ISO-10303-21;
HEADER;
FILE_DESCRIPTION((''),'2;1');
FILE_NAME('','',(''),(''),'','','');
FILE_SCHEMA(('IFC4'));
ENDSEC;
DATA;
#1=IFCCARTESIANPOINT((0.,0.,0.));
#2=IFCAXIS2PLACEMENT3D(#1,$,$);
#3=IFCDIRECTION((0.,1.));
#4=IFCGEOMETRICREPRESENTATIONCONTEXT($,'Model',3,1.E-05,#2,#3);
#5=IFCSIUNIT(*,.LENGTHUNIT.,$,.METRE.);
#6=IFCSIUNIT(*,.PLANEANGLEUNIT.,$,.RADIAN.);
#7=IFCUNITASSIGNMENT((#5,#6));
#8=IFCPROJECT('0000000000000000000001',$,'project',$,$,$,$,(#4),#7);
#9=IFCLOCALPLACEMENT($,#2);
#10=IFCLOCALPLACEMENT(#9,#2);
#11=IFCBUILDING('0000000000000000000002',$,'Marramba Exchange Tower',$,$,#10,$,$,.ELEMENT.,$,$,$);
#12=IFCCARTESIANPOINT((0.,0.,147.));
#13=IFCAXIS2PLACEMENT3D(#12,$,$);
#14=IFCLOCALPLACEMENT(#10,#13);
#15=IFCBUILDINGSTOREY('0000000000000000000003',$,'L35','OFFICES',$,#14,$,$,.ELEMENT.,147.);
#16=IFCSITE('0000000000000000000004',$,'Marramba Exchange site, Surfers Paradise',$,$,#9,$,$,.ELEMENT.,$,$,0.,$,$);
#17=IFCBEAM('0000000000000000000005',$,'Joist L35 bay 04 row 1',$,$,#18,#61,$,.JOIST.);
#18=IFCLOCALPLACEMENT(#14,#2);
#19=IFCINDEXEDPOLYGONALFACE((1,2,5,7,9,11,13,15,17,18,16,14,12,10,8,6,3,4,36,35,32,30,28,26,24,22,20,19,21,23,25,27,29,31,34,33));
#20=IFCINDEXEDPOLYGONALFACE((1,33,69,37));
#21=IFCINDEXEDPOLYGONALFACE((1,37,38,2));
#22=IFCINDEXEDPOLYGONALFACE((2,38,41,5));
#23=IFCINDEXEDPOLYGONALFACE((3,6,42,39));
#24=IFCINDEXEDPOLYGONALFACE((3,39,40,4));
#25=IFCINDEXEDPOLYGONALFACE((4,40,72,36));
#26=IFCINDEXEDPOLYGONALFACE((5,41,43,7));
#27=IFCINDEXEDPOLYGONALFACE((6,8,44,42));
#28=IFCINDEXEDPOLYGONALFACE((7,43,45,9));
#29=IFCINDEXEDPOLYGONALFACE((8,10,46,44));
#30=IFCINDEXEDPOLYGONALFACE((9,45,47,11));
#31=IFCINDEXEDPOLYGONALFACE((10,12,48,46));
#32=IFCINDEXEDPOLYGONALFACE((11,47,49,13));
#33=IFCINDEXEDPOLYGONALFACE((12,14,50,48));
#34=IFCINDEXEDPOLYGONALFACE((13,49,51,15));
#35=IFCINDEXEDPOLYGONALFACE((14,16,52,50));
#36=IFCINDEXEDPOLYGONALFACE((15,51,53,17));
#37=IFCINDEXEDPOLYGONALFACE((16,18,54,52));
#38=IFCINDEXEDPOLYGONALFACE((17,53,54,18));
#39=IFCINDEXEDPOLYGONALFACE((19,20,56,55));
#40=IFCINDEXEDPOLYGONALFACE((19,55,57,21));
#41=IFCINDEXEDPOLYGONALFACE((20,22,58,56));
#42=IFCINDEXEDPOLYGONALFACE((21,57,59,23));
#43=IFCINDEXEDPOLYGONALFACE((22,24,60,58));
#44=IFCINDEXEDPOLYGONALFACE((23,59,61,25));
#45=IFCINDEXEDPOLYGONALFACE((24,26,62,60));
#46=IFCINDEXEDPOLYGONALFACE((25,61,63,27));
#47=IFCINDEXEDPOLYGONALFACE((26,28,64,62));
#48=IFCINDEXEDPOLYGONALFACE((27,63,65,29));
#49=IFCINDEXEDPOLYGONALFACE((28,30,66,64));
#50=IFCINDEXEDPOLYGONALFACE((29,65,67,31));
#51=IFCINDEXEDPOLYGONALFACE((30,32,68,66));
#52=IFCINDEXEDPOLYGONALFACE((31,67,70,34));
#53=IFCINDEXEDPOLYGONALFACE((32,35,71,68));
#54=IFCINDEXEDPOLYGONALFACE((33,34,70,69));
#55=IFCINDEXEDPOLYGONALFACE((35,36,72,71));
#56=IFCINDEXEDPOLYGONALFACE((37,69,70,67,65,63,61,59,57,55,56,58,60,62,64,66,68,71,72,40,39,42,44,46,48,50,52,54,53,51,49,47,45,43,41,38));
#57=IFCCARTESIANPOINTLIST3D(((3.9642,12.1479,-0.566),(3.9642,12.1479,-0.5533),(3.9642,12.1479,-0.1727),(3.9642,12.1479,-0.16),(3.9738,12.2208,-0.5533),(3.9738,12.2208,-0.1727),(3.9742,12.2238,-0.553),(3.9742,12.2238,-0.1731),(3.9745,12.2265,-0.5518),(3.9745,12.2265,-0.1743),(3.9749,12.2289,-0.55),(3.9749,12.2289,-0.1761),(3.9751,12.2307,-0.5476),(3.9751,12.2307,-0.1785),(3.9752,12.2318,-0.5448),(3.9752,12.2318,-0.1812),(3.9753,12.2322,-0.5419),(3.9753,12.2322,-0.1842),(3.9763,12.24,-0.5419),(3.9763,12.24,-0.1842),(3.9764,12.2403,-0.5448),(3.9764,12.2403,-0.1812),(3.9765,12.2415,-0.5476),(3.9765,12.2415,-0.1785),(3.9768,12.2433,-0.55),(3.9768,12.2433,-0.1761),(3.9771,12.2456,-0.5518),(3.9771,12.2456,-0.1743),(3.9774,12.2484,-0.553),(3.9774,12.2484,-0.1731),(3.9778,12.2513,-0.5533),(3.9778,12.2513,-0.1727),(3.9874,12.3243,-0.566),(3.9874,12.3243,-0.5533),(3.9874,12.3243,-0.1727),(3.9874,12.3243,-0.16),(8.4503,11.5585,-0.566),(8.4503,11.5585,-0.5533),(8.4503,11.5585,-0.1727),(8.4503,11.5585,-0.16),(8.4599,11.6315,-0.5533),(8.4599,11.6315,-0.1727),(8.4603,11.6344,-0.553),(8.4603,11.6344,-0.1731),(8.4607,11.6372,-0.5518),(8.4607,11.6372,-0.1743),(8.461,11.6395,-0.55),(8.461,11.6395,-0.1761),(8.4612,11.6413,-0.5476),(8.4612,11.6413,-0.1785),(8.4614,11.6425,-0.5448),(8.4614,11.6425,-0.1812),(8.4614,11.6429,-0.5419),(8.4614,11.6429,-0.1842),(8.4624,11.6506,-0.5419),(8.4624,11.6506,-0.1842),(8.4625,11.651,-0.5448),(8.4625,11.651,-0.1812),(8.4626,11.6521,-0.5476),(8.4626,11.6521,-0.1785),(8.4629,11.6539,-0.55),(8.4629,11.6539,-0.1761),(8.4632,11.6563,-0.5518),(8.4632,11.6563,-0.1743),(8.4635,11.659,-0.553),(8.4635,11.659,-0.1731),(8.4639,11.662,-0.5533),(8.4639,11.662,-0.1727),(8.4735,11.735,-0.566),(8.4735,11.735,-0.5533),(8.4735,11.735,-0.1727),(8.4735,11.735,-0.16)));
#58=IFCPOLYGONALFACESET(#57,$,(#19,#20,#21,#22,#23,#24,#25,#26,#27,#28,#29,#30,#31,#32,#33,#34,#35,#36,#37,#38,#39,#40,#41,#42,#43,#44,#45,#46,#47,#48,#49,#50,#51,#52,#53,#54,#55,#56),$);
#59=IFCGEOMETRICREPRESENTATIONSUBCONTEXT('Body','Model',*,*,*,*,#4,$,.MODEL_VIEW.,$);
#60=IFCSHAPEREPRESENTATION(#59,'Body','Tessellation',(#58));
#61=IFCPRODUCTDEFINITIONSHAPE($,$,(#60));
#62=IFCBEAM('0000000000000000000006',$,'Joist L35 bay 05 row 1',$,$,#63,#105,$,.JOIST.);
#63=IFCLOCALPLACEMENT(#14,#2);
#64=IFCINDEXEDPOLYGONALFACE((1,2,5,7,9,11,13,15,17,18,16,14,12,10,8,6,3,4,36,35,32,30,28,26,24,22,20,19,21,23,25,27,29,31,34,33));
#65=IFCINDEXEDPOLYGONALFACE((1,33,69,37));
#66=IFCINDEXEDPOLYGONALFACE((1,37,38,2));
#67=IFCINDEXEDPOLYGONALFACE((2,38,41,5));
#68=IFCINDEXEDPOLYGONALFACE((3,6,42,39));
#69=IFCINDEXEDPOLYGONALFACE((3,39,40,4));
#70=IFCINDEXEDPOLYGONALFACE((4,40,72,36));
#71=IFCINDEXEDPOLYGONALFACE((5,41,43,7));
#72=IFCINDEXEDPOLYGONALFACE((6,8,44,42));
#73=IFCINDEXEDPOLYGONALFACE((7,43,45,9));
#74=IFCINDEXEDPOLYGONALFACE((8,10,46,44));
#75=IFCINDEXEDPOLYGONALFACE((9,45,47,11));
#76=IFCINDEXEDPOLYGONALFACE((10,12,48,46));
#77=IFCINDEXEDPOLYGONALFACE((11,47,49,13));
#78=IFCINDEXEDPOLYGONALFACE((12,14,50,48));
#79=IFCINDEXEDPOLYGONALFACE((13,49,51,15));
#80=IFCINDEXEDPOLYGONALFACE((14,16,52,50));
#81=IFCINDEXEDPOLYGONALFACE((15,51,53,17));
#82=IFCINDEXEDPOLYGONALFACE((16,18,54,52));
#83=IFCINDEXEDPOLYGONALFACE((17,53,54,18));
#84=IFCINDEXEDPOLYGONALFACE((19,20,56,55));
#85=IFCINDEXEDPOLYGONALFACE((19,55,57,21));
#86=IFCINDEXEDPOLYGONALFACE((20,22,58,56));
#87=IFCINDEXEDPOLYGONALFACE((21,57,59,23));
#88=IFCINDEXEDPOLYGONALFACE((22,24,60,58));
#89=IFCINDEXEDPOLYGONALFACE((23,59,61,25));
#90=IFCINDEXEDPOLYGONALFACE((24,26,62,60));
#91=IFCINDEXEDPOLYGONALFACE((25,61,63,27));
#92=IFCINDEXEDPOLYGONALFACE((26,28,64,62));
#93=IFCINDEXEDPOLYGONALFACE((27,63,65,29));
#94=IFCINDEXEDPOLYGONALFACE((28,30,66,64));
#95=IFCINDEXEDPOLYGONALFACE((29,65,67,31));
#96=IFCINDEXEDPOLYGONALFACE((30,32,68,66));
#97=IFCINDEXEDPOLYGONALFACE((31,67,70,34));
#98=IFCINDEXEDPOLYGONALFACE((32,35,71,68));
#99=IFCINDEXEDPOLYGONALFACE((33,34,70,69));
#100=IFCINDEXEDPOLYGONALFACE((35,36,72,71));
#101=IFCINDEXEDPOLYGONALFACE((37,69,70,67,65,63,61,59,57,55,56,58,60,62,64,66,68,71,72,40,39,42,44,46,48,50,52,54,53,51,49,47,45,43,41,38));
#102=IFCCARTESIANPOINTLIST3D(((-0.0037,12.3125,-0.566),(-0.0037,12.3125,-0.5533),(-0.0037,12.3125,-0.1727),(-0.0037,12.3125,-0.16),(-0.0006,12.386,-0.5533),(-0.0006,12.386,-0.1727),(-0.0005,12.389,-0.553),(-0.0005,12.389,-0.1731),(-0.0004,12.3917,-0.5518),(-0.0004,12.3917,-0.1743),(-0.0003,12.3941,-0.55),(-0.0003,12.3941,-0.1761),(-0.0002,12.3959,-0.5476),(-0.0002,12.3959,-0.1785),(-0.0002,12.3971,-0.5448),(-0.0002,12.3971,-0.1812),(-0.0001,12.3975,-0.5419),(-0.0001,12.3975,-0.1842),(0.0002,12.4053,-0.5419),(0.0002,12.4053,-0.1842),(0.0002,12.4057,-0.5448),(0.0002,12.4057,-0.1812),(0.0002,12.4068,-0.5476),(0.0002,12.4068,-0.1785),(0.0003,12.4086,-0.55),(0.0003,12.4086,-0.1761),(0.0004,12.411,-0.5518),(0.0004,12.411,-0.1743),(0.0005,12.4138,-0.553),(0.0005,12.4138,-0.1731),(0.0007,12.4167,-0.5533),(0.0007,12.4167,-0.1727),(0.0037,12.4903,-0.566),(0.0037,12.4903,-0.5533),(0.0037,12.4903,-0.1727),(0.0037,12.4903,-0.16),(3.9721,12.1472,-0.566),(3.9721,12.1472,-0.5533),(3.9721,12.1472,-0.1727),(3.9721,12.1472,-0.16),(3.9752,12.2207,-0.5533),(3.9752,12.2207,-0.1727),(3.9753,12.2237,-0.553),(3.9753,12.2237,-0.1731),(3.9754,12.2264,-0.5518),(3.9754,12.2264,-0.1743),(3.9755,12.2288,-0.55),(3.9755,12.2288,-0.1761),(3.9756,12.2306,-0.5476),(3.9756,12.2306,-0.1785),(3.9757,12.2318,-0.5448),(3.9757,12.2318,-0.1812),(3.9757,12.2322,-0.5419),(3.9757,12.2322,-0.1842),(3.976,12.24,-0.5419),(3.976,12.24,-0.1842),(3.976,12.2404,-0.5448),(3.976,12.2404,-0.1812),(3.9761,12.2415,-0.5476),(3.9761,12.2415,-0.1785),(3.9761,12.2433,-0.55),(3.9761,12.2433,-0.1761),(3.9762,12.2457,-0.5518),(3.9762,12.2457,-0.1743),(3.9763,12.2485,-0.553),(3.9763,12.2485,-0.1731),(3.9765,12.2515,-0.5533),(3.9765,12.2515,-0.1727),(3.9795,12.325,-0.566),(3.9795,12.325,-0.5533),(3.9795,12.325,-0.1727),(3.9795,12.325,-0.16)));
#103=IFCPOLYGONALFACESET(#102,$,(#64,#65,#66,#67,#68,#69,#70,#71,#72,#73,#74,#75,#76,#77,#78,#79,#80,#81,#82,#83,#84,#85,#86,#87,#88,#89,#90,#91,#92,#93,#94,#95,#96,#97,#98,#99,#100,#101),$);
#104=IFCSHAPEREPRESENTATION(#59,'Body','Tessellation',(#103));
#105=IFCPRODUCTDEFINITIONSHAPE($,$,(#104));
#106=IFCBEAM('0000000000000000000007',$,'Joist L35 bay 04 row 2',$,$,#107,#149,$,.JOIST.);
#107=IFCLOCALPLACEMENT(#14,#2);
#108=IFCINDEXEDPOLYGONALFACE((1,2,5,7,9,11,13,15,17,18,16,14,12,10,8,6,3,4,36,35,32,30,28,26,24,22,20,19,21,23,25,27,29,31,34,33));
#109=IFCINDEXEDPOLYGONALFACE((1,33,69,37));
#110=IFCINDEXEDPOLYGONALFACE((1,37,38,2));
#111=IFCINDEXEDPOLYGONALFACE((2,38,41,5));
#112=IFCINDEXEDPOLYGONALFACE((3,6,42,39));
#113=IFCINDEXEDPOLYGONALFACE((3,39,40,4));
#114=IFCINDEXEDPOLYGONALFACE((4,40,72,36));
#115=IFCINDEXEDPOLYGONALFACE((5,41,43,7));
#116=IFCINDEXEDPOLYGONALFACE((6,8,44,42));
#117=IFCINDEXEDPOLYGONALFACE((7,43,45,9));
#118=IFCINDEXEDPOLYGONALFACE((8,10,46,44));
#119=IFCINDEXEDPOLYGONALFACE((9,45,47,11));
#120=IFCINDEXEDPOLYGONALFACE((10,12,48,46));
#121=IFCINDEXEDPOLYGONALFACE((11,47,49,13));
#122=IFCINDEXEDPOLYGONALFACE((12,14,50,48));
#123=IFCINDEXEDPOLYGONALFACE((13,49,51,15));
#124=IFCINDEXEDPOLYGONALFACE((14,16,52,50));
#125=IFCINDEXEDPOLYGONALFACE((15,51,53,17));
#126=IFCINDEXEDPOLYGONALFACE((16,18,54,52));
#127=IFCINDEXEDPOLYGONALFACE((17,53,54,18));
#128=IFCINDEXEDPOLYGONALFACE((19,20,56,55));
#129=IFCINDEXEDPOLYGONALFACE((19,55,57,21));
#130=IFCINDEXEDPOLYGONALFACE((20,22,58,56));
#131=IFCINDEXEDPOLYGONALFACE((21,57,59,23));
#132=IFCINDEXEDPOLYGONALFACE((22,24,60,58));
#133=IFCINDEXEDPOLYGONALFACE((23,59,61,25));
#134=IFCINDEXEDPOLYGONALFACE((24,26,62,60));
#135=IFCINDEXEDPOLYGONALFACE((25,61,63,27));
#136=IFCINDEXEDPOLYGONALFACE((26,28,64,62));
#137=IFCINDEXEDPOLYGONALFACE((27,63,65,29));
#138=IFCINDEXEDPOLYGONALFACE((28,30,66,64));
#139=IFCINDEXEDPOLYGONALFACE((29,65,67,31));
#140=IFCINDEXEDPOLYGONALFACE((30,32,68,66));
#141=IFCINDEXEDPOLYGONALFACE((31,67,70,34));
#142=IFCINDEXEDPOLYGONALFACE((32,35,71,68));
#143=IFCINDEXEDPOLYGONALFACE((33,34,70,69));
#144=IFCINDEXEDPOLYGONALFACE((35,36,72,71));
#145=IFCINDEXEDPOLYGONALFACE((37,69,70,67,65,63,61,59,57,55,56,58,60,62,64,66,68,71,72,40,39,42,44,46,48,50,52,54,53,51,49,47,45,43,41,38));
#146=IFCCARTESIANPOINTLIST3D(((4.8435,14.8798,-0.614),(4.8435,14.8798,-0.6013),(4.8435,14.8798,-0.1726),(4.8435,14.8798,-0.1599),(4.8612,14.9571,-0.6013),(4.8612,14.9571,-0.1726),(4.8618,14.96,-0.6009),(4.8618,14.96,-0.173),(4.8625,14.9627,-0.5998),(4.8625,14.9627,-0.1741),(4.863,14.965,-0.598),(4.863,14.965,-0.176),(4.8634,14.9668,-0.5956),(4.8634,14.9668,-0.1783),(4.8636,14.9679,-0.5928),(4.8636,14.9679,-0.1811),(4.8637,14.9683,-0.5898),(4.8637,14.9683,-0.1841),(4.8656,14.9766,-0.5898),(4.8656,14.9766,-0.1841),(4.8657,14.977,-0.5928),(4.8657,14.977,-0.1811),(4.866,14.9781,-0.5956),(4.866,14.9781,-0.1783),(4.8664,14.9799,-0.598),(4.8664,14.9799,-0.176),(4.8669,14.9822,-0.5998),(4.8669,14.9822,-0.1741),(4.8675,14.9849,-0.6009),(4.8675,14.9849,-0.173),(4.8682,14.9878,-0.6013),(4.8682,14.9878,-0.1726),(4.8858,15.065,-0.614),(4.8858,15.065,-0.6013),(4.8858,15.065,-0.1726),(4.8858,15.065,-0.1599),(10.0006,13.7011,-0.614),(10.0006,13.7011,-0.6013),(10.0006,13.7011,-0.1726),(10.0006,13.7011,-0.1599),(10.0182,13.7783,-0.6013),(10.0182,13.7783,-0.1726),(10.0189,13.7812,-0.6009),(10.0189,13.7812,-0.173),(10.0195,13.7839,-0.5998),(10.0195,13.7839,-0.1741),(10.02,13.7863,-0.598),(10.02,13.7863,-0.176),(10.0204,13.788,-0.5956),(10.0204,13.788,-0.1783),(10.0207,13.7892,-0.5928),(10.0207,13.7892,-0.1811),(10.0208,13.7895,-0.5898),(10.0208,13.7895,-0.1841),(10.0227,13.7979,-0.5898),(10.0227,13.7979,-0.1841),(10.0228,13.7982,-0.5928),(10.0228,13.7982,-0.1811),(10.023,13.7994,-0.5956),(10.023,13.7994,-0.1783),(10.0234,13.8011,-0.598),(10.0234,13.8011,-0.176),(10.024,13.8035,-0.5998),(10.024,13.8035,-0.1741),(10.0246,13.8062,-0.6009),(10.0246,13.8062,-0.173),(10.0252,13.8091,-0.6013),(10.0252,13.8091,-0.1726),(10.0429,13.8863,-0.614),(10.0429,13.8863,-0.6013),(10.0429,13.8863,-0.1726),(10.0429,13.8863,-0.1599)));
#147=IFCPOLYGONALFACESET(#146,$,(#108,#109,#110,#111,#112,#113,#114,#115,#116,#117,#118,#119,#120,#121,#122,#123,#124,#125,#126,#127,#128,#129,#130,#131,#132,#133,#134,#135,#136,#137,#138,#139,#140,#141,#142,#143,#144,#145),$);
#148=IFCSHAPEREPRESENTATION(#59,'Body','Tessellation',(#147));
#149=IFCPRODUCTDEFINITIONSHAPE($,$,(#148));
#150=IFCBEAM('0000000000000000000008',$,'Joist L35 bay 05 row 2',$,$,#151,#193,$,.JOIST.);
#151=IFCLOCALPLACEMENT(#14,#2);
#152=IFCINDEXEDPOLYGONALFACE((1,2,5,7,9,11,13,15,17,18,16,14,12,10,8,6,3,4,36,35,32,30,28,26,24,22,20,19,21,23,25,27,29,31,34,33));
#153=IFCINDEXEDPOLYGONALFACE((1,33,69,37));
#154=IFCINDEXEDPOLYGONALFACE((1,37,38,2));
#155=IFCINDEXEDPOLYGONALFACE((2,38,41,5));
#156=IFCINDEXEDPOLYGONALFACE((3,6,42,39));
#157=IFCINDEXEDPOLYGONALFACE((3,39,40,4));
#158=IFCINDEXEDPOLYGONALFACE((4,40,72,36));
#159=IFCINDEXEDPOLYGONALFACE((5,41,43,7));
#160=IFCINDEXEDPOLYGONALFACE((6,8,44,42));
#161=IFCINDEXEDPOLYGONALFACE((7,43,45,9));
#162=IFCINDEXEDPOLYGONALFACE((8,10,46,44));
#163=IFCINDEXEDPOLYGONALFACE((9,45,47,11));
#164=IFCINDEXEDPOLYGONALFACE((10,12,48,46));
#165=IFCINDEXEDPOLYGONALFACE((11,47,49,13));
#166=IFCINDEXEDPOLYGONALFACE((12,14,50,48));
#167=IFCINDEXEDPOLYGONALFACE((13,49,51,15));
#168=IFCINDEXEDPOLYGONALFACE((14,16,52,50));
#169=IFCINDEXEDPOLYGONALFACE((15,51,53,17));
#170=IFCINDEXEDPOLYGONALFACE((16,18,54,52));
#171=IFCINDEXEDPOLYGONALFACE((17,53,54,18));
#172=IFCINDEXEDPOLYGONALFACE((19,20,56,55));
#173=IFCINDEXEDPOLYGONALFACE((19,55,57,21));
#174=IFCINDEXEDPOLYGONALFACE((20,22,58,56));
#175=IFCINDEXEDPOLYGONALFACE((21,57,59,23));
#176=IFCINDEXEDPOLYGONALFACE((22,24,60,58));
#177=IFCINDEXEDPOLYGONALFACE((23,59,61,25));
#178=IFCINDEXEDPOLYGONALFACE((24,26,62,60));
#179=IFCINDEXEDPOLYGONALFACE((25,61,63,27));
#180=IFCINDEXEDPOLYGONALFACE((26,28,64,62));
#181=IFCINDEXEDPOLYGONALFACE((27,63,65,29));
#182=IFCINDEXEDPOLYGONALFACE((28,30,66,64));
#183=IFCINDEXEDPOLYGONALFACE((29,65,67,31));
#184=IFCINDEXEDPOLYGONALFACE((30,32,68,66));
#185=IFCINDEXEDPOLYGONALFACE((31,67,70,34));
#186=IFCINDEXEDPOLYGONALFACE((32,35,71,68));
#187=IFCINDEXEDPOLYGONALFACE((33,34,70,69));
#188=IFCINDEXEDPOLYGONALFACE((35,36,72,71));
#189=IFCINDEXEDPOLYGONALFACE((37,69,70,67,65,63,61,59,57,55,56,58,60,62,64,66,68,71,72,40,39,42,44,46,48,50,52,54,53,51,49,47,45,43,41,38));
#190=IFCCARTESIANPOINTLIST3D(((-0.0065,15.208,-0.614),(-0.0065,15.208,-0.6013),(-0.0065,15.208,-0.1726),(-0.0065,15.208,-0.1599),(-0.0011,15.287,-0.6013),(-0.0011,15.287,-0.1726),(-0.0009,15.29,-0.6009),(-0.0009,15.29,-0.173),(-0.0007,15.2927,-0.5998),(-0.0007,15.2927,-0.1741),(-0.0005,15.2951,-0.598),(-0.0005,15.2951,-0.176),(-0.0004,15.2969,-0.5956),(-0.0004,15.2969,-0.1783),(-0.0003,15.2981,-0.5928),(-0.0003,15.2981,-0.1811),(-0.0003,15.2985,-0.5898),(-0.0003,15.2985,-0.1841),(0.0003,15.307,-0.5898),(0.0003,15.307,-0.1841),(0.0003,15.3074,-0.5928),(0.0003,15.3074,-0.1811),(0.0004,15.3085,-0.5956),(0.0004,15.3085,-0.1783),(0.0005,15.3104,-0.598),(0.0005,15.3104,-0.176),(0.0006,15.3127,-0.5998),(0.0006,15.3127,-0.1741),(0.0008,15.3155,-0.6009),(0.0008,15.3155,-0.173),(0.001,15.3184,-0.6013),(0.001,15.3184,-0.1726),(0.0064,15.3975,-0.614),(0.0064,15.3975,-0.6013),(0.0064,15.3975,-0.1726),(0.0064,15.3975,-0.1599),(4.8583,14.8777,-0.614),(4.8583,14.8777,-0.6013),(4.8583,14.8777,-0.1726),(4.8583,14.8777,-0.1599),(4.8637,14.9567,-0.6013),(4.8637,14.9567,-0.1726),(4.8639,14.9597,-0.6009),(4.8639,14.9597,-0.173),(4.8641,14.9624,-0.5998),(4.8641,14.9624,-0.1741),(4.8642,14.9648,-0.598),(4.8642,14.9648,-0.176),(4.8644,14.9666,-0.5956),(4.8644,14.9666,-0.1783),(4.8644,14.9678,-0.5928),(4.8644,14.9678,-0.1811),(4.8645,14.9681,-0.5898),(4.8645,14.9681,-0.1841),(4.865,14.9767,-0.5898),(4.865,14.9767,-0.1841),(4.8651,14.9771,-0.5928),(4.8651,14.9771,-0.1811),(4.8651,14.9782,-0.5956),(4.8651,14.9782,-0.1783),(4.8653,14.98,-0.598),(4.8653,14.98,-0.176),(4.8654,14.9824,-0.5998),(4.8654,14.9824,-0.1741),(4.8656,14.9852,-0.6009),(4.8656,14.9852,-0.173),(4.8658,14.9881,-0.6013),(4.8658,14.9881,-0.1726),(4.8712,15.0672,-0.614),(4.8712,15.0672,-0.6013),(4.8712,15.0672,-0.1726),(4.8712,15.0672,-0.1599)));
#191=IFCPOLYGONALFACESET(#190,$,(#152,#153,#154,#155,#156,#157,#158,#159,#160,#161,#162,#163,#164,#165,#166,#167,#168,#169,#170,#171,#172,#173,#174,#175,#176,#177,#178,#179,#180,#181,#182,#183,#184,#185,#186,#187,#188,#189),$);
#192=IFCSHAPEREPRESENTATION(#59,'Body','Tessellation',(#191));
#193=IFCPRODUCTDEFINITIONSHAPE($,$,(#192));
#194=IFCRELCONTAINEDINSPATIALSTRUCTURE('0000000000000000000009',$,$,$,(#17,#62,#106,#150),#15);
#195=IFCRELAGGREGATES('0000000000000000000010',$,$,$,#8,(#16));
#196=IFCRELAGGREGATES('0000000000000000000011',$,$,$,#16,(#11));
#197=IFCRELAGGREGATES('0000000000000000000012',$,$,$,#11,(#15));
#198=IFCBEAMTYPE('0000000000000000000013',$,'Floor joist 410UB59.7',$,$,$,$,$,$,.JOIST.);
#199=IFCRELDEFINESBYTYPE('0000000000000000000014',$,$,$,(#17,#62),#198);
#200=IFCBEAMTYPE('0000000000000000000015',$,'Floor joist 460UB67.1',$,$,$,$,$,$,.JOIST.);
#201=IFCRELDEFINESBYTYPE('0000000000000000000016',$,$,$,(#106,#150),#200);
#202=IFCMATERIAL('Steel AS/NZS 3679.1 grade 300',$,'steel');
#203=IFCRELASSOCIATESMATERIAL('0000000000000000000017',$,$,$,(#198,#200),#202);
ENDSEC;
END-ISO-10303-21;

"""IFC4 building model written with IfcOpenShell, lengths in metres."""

from ifc_helpers import new_model, si_unit, direction, frame, origin, origin_2d, place, context, subcontext, project, spatial, i_section, extrude, material, material_profile, profile_set, type_object, element, save


model = new_model("IFC4")

# Units and contexts
model_context = context("Model", 3, precision=1e-05, world=origin(), true_north=direction((0.0, 1.0)))
body_context = subcontext(model_context, "Body", "Model", "MODEL_VIEW")
ifc_project = project(units=[si_unit("LENGTHUNIT", "METRE"), si_unit("PLANEANGLEUNIT", "RADIAN")], contexts=[model_context])

# Site, building, storey
site_placement = place(None, origin())
site = spatial("IfcSite", under=ifc_project, at=site_placement, Name="Marramba Exchange site, Surfers Paradise", CompositionType="ELEMENT", RefElevation=0.0)
building_placement = place(site_placement, origin())
building = spatial("IfcBuilding", under=site, at=building_placement, Name="Marramba Exchange Tower", CompositionType="ELEMENT")
storey_placement = place(building_placement, frame((0.0, 0.0, 147.0)))
storey = spatial("IfcBuildingStorey", under=building, at=storey_placement, Name="L35", Description="OFFICES", CompositionType="ELEMENT", Elevation=147.0)

# Beams
ifc_material_1 = material(Name="Steel AS/NZS 3679.1 grade 300", Category="steel")
ifc_material_profile_1 = material_profile(ifc_material_1, i_section(OverallWidth=0.178, OverallDepth=0.406, WebThickness=0.0078, FlangeThickness=0.0127, FilletRadius=0.0115, at=origin_2d()), Name="410UB59.7")
ifc_profile_set_1 = profile_set([ifc_material_profile_1], Name="Steel AS/NZS 3679.1 grade 300")
beam_type_1 = type_object("IfcBeamType", Name="Floor joist 410UB59.7", PredefinedType="JOIST", material=ifc_profile_set_1)
beam_1_placement = place(storey_placement, frame((8.4619, 11.6467, -0.363), z_axis=(-0.991481, 0.130255, 0.0), x_axis=(-0.130255, -0.991481, 0.0)))
element("IfcBeam", 1, at=beam_1_placement, inside=storey, type_object=beam_type_1, Name="Joist L35 bay 04 row 1", PredefinedType="JOIST", context=body_context, shape_type="SweptSolid", body=[
    extrude(i_section(OverallWidth=0.178, OverallDepth=0.406, WebThickness=0.0078, FlangeThickness=0.0127, FilletRadius=0.0115, at=origin_2d()), origin(), (0.0, 0.0, 1.0), 4.5247),
])
beam_2_placement = place(storey_placement, frame((3.9758, 12.2361, -0.363), z_axis=(-0.999137, 0.041536, 0.0), x_axis=(-0.041536, -0.999137, 0.0)))
element("IfcBeam", 2, at=beam_2_placement, inside=storey, type_object=beam_type_1, Name="Joist L35 bay 05 row 1", PredefinedType="JOIST", context=body_context, shape_type="SweptSolid", body=[
    extrude(i_section(OverallWidth=0.178, OverallDepth=0.406, WebThickness=0.0078, FlangeThickness=0.0127, FilletRadius=0.0115, at=origin_2d()), origin(), (0.0, 0.0, 1.0), 3.9792),
])
ifc_material_profile_2 = material_profile(ifc_material_1, i_section(OverallWidth=0.1899, OverallDepth=0.4541, WebThickness=0.0085, FlangeThickness=0.0127, FilletRadius=0.0115, at=origin_2d()), Name="460UB67.1")
ifc_profile_set_2 = profile_set([ifc_material_profile_2], Name="Steel AS/NZS 3679.1 grade 300")
beam_type_2 = type_object("IfcBeamType", Name="Floor joist 460UB67.1", PredefinedType="JOIST", material=ifc_profile_set_2)
beam_3_placement = place(storey_placement, frame((10.0217, 13.7937, -0.387), z_axis=(-0.97486, 0.22282, 0.0), x_axis=(-0.22282, -0.97486, 0.0)))
element("IfcBeam", 3, at=beam_3_placement, inside=storey, type_object=beam_type_2, Name="Joist L35 bay 04 row 2", PredefinedType="JOIST", context=body_context, shape_type="SweptSolid", body=[
    extrude(i_section(OverallWidth=0.1899, OverallDepth=0.4541, WebThickness=0.0085, FlangeThickness=0.0127, FilletRadius=0.0115, at=origin_2d()), origin(), (0.0, 0.0, 1.0), 5.29),
])
beam_4_placement = place(storey_placement, frame((4.8647, 14.9724, -0.387), z_axis=(-0.997703, 0.067745, 0.0), x_axis=(-0.067745, -0.997703, 0.0)))
element("IfcBeam", 4, at=beam_4_placement, inside=storey, type_object=beam_type_2, Name="Joist L35 bay 05 row 2", PredefinedType="JOIST", context=body_context, shape_type="SweptSolid", body=[
    extrude(i_section(OverallWidth=0.1899, OverallDepth=0.4541, WebThickness=0.0085, FlangeThickness=0.0127, FilletRadius=0.0115, at=origin_2d()), origin(), (0.0, 0.0, 1.0), 4.876),
])

save(model, "model.ifc")
